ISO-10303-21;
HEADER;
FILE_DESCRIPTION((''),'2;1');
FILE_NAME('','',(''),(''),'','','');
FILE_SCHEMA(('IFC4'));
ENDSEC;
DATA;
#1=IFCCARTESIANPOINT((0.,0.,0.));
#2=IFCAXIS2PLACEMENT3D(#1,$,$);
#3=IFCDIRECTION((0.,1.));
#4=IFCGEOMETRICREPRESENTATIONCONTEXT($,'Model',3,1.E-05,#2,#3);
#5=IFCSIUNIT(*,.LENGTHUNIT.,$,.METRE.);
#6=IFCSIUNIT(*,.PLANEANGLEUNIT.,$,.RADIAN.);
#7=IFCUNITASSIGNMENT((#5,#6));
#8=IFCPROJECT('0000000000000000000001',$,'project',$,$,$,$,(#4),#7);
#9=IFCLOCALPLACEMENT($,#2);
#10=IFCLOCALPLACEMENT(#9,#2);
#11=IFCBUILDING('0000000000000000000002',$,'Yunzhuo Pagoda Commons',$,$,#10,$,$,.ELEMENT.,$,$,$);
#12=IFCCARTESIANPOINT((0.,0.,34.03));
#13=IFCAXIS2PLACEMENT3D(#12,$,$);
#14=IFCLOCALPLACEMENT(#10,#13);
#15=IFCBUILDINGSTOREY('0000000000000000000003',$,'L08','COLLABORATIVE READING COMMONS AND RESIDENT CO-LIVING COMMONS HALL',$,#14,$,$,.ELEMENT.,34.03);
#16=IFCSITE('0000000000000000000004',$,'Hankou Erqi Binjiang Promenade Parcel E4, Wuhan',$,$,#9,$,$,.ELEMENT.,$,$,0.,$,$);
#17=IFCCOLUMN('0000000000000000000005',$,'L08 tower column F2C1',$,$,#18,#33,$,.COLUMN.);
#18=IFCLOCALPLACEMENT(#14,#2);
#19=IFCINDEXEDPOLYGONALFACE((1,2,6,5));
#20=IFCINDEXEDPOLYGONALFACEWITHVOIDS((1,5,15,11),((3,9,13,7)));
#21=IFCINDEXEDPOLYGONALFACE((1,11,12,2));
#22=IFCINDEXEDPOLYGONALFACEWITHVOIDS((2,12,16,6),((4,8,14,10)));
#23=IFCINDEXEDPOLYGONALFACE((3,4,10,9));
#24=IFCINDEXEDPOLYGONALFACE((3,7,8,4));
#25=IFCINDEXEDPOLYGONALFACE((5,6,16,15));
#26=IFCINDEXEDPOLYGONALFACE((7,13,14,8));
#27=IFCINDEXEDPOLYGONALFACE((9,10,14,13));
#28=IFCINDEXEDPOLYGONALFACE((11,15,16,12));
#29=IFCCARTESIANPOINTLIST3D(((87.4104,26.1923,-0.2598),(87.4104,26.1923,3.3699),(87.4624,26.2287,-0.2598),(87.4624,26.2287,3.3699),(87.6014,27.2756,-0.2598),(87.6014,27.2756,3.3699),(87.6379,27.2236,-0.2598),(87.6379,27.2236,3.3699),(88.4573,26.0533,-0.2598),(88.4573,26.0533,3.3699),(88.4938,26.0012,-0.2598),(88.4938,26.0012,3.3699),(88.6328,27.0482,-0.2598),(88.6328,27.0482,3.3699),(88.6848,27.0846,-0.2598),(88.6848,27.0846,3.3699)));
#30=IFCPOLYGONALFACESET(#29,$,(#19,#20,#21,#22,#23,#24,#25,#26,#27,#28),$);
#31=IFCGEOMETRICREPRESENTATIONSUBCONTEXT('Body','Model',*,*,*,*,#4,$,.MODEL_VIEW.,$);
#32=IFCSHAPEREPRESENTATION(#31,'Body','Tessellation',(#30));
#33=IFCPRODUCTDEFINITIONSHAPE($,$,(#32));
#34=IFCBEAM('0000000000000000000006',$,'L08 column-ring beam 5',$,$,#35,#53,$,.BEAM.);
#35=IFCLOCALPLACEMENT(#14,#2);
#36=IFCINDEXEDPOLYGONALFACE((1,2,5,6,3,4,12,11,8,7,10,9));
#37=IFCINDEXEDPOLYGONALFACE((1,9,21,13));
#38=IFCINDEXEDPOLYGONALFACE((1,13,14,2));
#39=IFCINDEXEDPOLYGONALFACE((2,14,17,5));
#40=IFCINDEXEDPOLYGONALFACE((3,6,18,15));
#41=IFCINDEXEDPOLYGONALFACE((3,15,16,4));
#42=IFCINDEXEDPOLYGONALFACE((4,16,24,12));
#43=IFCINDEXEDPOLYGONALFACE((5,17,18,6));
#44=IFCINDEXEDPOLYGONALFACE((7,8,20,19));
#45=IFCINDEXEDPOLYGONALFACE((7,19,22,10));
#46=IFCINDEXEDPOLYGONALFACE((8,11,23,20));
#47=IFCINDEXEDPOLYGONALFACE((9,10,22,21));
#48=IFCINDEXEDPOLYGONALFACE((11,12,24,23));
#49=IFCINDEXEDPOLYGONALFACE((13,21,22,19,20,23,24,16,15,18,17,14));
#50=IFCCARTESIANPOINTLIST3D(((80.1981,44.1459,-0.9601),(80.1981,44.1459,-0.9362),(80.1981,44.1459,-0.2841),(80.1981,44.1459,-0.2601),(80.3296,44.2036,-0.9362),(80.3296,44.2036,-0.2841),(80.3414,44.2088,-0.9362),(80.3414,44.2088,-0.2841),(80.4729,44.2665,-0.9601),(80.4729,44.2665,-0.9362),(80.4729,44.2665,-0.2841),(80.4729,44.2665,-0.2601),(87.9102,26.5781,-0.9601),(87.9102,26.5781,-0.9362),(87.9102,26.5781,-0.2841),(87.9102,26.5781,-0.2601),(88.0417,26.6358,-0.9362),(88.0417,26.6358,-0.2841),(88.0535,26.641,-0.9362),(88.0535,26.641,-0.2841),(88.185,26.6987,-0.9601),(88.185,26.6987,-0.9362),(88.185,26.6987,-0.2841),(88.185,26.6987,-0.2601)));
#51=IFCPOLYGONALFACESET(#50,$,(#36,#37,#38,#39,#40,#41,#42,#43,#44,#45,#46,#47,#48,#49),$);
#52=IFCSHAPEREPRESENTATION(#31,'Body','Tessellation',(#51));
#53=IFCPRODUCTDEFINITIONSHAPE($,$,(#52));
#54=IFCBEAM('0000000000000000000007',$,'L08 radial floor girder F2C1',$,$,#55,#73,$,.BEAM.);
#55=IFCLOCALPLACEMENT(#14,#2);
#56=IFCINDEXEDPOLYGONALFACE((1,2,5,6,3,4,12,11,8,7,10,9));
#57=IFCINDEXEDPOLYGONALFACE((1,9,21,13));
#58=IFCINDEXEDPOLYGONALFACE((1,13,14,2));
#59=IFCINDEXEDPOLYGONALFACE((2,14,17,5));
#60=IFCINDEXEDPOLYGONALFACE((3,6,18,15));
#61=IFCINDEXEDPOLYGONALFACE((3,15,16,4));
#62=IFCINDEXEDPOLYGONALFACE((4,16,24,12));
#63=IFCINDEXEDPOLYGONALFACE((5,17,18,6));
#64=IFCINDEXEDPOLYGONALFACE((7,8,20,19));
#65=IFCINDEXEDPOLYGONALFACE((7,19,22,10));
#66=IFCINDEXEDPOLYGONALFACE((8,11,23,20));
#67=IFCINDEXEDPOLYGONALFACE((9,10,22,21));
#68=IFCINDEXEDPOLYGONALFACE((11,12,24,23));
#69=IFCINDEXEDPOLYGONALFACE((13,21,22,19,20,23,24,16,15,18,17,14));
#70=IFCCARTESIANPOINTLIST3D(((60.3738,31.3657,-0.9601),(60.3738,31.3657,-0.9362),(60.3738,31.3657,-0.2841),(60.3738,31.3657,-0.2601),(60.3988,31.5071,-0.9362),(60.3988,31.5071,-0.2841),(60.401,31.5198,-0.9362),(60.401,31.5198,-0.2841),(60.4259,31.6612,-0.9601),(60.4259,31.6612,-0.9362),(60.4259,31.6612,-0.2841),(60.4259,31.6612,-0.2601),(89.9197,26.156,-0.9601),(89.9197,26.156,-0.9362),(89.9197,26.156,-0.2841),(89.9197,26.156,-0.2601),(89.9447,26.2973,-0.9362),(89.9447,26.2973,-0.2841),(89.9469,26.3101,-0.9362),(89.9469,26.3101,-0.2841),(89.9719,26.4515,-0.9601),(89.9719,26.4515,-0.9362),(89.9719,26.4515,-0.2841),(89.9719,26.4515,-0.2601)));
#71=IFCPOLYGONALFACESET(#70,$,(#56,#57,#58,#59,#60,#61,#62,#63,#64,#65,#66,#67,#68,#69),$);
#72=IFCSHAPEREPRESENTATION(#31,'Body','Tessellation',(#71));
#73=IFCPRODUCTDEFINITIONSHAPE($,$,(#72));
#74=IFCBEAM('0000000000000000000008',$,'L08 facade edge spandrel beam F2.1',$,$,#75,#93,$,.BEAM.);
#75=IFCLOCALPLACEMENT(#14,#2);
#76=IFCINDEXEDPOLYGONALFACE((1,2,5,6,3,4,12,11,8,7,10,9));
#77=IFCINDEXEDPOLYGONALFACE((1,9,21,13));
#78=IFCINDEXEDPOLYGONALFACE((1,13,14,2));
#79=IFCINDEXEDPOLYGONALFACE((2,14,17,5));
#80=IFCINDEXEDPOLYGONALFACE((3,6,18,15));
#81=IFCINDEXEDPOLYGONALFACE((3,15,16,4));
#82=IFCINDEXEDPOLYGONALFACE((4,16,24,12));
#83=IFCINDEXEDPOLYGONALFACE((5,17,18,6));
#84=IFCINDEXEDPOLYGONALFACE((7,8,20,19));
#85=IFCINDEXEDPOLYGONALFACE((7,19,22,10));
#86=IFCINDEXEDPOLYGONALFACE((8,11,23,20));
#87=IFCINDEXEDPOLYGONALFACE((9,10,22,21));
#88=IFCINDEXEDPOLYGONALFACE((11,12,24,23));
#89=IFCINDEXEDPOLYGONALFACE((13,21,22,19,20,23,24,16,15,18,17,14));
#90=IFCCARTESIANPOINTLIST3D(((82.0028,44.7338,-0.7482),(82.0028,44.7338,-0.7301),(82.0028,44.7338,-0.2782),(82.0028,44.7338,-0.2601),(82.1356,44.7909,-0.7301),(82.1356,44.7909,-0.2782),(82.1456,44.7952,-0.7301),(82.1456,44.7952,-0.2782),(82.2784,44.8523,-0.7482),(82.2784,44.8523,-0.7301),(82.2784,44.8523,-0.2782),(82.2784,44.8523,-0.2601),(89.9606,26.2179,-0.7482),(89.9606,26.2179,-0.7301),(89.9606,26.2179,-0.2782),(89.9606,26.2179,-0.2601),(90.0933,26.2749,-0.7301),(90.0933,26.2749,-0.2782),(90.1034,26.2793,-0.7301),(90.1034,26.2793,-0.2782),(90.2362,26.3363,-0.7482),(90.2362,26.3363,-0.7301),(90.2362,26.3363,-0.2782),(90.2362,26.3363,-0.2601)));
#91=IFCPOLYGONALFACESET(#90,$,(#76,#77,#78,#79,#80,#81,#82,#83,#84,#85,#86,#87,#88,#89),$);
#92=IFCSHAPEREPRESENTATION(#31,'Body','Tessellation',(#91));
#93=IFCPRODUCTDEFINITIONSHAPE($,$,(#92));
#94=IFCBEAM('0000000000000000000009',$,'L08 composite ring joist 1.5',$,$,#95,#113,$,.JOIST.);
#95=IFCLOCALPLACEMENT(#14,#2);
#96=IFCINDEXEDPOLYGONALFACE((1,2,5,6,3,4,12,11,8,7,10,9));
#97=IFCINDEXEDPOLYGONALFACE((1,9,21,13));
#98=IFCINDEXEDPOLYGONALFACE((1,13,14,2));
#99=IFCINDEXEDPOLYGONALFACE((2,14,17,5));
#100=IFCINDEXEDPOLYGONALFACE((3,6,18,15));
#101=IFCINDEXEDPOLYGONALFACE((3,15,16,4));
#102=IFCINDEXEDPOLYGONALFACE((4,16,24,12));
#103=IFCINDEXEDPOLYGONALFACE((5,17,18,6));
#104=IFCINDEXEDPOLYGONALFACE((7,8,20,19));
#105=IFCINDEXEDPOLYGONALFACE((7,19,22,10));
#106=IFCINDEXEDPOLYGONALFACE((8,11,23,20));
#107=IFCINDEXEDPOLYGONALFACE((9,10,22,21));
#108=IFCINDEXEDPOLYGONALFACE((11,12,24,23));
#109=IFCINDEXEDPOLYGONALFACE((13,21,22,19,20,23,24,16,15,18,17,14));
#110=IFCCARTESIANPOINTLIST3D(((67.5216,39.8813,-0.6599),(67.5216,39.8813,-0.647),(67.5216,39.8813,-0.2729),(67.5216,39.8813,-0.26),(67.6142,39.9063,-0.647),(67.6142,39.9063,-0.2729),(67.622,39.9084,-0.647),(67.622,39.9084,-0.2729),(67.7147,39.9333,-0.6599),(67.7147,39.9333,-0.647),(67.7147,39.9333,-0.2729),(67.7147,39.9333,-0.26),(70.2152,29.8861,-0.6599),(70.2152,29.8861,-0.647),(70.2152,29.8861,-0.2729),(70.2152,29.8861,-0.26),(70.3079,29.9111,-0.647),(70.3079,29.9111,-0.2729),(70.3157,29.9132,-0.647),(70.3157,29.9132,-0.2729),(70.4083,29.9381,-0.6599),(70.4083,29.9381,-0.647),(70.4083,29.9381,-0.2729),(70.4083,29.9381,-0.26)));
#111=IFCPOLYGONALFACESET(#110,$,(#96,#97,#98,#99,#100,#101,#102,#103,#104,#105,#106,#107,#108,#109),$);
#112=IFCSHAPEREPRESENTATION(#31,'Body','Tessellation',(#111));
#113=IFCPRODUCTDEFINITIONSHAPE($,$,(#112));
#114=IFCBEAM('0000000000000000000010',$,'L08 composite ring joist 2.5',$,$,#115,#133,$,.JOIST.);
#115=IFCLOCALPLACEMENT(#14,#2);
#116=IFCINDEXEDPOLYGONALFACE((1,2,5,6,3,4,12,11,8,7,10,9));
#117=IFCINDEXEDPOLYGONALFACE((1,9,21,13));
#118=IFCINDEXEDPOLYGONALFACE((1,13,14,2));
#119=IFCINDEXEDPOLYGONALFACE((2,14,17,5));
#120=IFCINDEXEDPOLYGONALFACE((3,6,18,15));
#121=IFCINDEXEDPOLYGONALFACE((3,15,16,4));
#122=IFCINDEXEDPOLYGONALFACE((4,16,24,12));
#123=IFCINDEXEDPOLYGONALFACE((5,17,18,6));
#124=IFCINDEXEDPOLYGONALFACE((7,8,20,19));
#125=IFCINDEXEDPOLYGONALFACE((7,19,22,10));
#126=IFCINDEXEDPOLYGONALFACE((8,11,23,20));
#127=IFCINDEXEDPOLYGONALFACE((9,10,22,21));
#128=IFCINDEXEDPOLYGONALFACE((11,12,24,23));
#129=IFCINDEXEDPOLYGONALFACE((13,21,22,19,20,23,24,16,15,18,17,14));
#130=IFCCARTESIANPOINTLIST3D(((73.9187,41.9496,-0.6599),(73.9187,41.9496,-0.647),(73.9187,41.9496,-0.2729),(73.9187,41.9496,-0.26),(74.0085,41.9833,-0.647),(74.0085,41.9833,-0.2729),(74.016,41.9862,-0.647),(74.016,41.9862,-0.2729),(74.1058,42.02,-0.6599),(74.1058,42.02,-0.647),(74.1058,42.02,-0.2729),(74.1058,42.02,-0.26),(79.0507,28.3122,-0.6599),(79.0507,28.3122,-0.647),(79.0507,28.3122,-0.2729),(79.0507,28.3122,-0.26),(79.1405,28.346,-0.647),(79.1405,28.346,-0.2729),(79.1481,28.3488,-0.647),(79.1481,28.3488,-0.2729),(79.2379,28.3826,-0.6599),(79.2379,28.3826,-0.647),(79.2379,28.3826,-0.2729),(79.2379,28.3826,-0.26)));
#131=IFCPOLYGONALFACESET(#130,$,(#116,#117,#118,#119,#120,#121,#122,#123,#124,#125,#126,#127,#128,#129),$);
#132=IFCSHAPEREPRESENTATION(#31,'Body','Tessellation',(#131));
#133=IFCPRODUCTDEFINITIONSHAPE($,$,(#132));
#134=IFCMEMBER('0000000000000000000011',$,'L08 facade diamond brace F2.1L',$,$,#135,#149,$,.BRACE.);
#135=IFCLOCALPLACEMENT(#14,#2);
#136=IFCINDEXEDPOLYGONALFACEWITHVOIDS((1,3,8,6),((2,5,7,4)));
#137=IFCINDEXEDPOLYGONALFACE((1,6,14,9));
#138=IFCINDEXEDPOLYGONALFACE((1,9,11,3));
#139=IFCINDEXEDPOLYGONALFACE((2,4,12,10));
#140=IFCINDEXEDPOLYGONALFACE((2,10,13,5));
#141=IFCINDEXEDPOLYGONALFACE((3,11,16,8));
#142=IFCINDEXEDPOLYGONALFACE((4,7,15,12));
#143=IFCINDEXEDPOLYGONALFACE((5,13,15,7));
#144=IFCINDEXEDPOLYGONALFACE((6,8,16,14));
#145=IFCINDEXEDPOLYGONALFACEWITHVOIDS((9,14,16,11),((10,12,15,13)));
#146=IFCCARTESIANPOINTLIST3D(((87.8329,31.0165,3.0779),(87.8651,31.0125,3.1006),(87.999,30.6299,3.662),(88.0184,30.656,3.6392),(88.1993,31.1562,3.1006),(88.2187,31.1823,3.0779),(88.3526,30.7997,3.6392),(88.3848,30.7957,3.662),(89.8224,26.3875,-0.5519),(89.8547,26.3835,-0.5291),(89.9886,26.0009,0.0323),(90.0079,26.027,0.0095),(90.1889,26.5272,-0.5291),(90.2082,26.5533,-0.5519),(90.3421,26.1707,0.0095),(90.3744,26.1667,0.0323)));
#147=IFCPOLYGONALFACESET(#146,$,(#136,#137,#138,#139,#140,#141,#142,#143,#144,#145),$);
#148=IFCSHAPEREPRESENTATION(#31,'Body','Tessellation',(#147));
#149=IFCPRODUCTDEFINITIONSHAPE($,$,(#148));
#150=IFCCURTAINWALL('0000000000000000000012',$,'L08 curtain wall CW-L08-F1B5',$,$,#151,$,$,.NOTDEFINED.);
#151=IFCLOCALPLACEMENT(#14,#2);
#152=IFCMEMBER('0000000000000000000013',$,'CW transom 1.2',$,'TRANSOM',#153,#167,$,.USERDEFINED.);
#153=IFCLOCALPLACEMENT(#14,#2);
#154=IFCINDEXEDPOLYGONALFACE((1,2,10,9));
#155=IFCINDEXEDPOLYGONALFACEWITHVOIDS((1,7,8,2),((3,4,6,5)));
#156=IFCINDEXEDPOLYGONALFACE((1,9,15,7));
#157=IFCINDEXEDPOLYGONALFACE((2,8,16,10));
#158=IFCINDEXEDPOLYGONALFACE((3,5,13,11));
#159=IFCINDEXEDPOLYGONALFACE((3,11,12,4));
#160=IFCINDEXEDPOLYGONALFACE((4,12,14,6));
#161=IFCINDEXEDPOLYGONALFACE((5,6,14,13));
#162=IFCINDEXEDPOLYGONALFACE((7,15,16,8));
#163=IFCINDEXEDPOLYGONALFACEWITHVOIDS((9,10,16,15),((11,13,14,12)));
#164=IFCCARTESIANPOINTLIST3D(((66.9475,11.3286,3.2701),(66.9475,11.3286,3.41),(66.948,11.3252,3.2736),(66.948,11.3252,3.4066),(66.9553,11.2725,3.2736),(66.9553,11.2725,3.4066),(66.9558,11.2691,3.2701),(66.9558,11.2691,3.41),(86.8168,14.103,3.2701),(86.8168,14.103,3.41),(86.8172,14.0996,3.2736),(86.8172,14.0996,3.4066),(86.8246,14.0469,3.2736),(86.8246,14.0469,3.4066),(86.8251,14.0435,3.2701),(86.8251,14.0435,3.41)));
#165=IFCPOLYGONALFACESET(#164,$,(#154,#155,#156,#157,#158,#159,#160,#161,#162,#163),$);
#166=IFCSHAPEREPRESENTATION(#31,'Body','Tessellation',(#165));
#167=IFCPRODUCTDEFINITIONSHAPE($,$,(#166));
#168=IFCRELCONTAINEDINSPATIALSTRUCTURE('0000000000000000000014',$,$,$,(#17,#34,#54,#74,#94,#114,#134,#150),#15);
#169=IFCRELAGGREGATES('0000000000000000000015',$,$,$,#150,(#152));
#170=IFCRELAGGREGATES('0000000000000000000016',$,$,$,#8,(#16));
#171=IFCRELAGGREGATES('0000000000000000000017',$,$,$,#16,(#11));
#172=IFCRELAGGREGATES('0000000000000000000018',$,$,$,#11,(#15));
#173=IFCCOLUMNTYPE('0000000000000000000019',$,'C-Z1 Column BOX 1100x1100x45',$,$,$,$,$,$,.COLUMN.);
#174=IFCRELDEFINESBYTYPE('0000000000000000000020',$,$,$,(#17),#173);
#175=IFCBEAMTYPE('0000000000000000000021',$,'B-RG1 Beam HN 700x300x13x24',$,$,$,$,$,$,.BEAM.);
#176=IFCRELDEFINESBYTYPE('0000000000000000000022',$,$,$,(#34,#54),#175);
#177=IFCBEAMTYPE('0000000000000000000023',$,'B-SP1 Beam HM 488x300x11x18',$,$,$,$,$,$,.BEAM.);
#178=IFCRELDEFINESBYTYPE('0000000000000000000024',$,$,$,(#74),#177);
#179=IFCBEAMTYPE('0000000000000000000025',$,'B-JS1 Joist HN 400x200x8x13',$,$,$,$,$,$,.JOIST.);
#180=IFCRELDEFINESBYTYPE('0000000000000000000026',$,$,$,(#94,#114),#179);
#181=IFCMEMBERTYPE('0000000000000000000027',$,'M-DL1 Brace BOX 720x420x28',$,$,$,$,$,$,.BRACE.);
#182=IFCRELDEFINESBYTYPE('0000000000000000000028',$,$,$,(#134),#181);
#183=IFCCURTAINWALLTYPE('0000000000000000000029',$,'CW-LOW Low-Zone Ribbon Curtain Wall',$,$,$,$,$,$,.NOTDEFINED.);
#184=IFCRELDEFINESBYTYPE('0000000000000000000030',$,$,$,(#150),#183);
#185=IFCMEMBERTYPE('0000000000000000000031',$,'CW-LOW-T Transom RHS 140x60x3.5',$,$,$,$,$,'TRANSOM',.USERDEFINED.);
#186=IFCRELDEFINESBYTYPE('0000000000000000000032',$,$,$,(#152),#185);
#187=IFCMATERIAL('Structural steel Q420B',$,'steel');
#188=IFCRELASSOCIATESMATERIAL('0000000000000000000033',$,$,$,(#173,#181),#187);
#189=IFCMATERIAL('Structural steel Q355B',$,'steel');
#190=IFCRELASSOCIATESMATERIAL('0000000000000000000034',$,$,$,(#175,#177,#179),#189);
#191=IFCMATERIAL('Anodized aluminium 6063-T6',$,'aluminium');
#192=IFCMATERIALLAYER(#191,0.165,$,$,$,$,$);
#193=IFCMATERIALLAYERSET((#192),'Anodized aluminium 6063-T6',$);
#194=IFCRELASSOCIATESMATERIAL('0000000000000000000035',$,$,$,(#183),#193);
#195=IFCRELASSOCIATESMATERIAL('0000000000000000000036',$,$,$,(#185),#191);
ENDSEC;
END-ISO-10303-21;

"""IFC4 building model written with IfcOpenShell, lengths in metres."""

from ifc_helpers import new_model, si_unit, direction, frame, origin, origin_2d, place, context, subcontext, project, spatial, hollow_rectangle, i_section, extrude, source, transform, mapped, material, layer, layer_set, material_profile, profile_set, type_object, element, aggregate, save


model = new_model("IFC4")

# Units and contexts
model_context = context("Model", 3, precision=1e-05, world=origin(), true_north=direction((0.0, 1.0)))
body_context = subcontext(model_context, "Body", "Model", "MODEL_VIEW")
ifc_project = project(units=[si_unit("LENGTHUNIT", "METRE"), si_unit("PLANEANGLEUNIT", "RADIAN")], contexts=[model_context])

# Site, building, storey
site_placement = place(None, origin())
site = spatial("IfcSite", under=ifc_project, at=site_placement, Name="Hankou Erqi Binjiang Promenade Parcel E4, Wuhan", CompositionType="ELEMENT", RefElevation=0.0)
building_placement = place(site_placement, origin())
building = spatial("IfcBuilding", under=site, at=building_placement, Name="Yunzhuo Pagoda Commons", CompositionType="ELEMENT")
storey_placement = place(building_placement, frame((0.0, 0.0, 34.03)))
storey = spatial("IfcBuildingStorey", under=building, at=storey_placement, Name="L08", Description="COLLABORATIVE READING COMMONS AND RESIDENT CO-LIVING COMMONS HALL", CompositionType="ELEMENT", Elevation=34.03)

# Column
ifc_material_1 = material(Name="Structural steel Q420B", Category="steel")
ifc_material_profile_1 = material_profile(ifc_material_1, hollow_rectangle(XDim=1.1001, YDim=1.1001, WallThickness=0.0449, at=origin_2d()), Name="Structural steel Q420B")
ifc_profile_set_1 = profile_set([ifc_material_profile_1], Name="Structural steel Q420B")
column_type = type_object("IfcColumnType", Name="C-Z1 Column BOX 1100x1100x45", PredefinedType="COLUMN", material=ifc_profile_set_1)
shared_shape_1 = source(origin(), body_context, "Body", "SweptSolid", [
    extrude(hollow_rectangle(XDim=1.1001, YDim=1.1001, WallThickness=0.0449, at=origin_2d()), origin(), (0.0, 0.0, 1.0), 3.6296),
])
column_placement = place(storey_placement, frame((88.0476, 26.6384, -0.2598), z_axis=(0.0, 0.0, 1.0), x_axis=(0.173648, 0.984808, 0.0)))
element("IfcColumn", 1, at=column_placement, inside=storey, type_object=column_type, Name="L08 tower column F2C1", PredefinedType="COLUMN", context=body_context, shape_type="MappedRepresentation", body=[
    mapped(shared_shape_1, transform((0.0, 0.0, 0.0), scale=1.0)),
])

# Beams
ifc_material_2 = material(Name="Structural steel Q355B", Category="steel")
ifc_material_profile_2 = material_profile(ifc_material_2, i_section(OverallWidth=0.3, OverallDepth=0.7, WebThickness=0.0129, FlangeThickness=0.0239, at=origin_2d()), Name="Structural steel Q355B")
ifc_profile_set_2 = profile_set([ifc_material_profile_2], Name="Structural steel Q355B")
beam_type_1 = type_object("IfcBeamType", Name="B-RG1 Beam HN 700x300x13x24", PredefinedType="BEAM", material=ifc_profile_set_2)
shared_shape_2 = source(origin(), body_context, "Body", "SweptSolid", [
    extrude(i_section(OverallWidth=0.3, OverallDepth=0.7, WebThickness=0.0129, FlangeThickness=0.0239, at=origin_2d()), origin(), (0.0, 0.0, 1.0), 19.186),
])
beam_1_placement = place(storey_placement, frame((88.0476, 26.6384, -0.6101), z_axis=(-0.401965, 0.915655, 0.0), x_axis=(-0.915655, -0.401965, 0.0)))
element("IfcBeam", 2, at=beam_1_placement, inside=storey, type_object=beam_type_1, Name="L08 column-ring beam 5", PredefinedType="BEAM", context=body_context, shape_type="MappedRepresentation", body=[
    mapped(shared_shape_2, transform((0.0, 0.0, 0.0), scale=1.0)),
])
shared_shape_3 = source(origin(), body_context, "Body", "SweptSolid", [
    extrude(i_section(OverallWidth=0.3, OverallDepth=0.7, WebThickness=0.0129, FlangeThickness=0.0239, at=origin_2d()), origin(), (0.0, 0.0, 1.0), 30.0017),
])
beam_2_placement = place(storey_placement, frame((89.9458, 26.3037, -0.6101), z_axis=(-0.984808, 0.173647, 0.0), x_axis=(-0.173647, -0.984808, 0.0)))
element("IfcBeam", 3, at=beam_2_placement, inside=storey, type_object=beam_type_1, Name="L08 radial floor girder F2C1", PredefinedType="BEAM", context=body_context, shape_type="MappedRepresentation", body=[
    mapped(shared_shape_3, transform((0.0, 0.0, 0.0), scale=1.0)),
])
ifc_material_profile_3 = material_profile(ifc_material_2, i_section(OverallWidth=0.3, OverallDepth=0.488, WebThickness=0.011, FlangeThickness=0.0181, at=origin_2d()), Name="Structural steel Q355B")
ifc_profile_set_3 = profile_set([ifc_material_profile_3], Name="Structural steel Q355B")
beam_type_2 = type_object("IfcBeamType", Name="B-SP1 Beam HM 488x300x11x18", PredefinedType="BEAM", material=ifc_profile_set_3)
shared_shape_4 = source(origin(), body_context, "Body", "SweptSolid", [
    extrude(i_section(OverallWidth=0.3, OverallDepth=0.488, WebThickness=0.011, FlangeThickness=0.0181, at=origin_2d()), origin(), (0.0, 0.0, 1.0), 20.1536),
])
beam_3_placement = place(storey_placement, frame((90.0984, 26.2771, -0.5042), z_axis=(-0.394858, 0.918742, 0.0), x_axis=(-0.918742, -0.394858, 0.0)))
element("IfcBeam", 4, at=beam_3_placement, inside=storey, type_object=beam_type_2, Name="L08 facade edge spandrel beam F2.1", PredefinedType="BEAM", context=body_context, shape_type="MappedRepresentation", body=[
    mapped(shared_shape_4, transform((0.0, 0.0, 0.0), scale=1.0)),
])
ifc_material_profile_4 = material_profile(ifc_material_2, i_section(OverallWidth=0.2, OverallDepth=0.3999, WebThickness=0.0081, FlangeThickness=0.0129, at=origin_2d()), Name="Structural steel Q355B")
ifc_profile_set_4 = profile_set([ifc_material_profile_4], Name="Structural steel Q355B")
beam_type_3 = type_object("IfcBeamType", Name="B-JS1 Joist HN 400x200x8x13", PredefinedType="JOIST", material=ifc_profile_set_4)
shared_shape_5 = source(origin(), body_context, "Body", "SweptSolid", [
    extrude(i_section(OverallWidth=0.2, OverallDepth=0.3999, WebThickness=0.0081, FlangeThickness=0.0129, at=origin_2d()), origin(), (0.0, 0.0, 1.0), 10.3518),
])
beam_4_placement = place(storey_placement, frame((70.3118, 29.9121, -0.46), z_axis=(-0.260209, 0.965552, 0.0), x_axis=(-0.965552, -0.260209, 0.0)))
element("IfcBeam", 5, at=beam_4_placement, inside=storey, type_object=beam_type_3, Name="L08 composite ring joist 1.5", PredefinedType="JOIST", context=body_context, shape_type="MappedRepresentation", body=[
    mapped(shared_shape_5, transform((0.0, 0.0, 0.0), scale=1.0)),
])
shared_shape_6 = source(origin(), body_context, "Body", "SweptSolid", [
    extrude(i_section(OverallWidth=0.2, OverallDepth=0.3999, WebThickness=0.0081, FlangeThickness=0.0129, at=origin_2d()), origin(), (0.0, 0.0, 1.0), 14.571),
])
beam_5_placement = place(storey_placement, frame((79.1443, 28.3474, -0.46), z_axis=(-0.352208, 0.935922, 0.0), x_axis=(-0.935922, -0.352208, 0.0)))
element("IfcBeam", 6, at=beam_5_placement, inside=storey, type_object=beam_type_3, Name="L08 composite ring joist 2.5", PredefinedType="JOIST", context=body_context, shape_type="MappedRepresentation", body=[
    mapped(shared_shape_6, transform((0.0, 0.0, 0.0), scale=1.0)),
])

# Member
ifc_material_profile_5 = material_profile(ifc_material_1, hollow_rectangle(XDim=0.4199, YDim=0.72, WallThickness=0.0281, at=origin_2d()), Name="Structural steel Q420B")
ifc_profile_set_5 = profile_set([ifc_material_profile_5], Name="Structural steel Q420B")
member_type_1 = type_object("IfcMemberType", Name="M-DL1 Brace BOX 720x420x28", PredefinedType="BRACE", material=ifc_profile_set_5)
shared_shape_7 = source(origin(), body_context, "Body", "SweptSolid", [
    extrude(hollow_rectangle(XDim=0.4199, YDim=0.72, WallThickness=0.0281, at=origin_2d()), origin(), (0.0, 0.0, 1.0), 6.2097),
])
member_1_placement = place(storey_placement, frame((90.0984, 26.2771, -0.2598), z_axis=(-0.320391, 0.745443, 0.58452), x_axis=(-0.918736, -0.394872, 0.0)))
element("IfcMember", 7, at=member_1_placement, inside=storey, type_object=member_type_1, Name="L08 facade diamond brace F2.1L", PredefinedType="BRACE", context=body_context, shape_type="MappedRepresentation", body=[
    mapped(shared_shape_7, transform((0.0, 0.0, 0.0), scale=1.0)),
])

# Curtain wall, member
ifc_material_3 = material(Name="Anodized aluminium 6063-T6", Category="aluminium")
ifc_layer_1 = layer(ifc_material_3, 0.165)
ifc_layer_set_1 = layer_set([ifc_layer_1], Name="Anodized aluminium 6063-T6")
curtain_wall_type = type_object("IfcCurtainWallType", Name="CW-LOW Low-Zone Ribbon Curtain Wall", PredefinedType="NOTDEFINED", material=ifc_layer_set_1)
curtain_wall_1_placement = place(storey_placement, origin())
curtain_wall_1 = element("IfcCurtainWall", 8, at=curtain_wall_1_placement, inside=storey, type_object=curtain_wall_type, Name="L08 curtain wall CW-L08-F1B5", PredefinedType="NOTDEFINED")
ifc_material_profile_6 = material_profile(ifc_material_3, hollow_rectangle(XDim=0.0601, YDim=0.1399, WallThickness=0.0034, at=origin_2d()), Name="Anodized aluminium 6063-T6")
ifc_profile_set_6 = profile_set([ifc_material_profile_6], Name="Anodized aluminium 6063-T6")
member_type_2 = type_object("IfcMemberType", Name="CW-LOW-T Transom RHS 140x60x3.5", ElementType="TRANSOM", PredefinedType="USERDEFINED", material=ifc_profile_set_6)
shared_shape_8 = source(origin(), body_context, "Body", "SweptSolid", [
    extrude(hollow_rectangle(XDim=0.0601, YDim=0.1399, WallThickness=0.0034, at=origin_2d()), origin(), (0.0, 0.0, 1.0), 20.062),
])
member_2_placement = place(storey_placement, frame((66.9517, 11.2988, 3.3401), z_axis=(0.990391, 0.138293, 0.0), x_axis=(-0.138293, 0.990391, 0.0)))
member_2 = element("IfcMember", 9, at=member_2_placement, type_object=member_type_2, Name="CW transom 1.2", ObjectType="TRANSOM", PredefinedType="USERDEFINED", context=body_context, shape_type="MappedRepresentation", body=[
    mapped(shared_shape_8, transform((0.0, 0.0, 0.0), scale=1.0)),
])

aggregate(curtain_wall_1, [member_2])

save(model, "model.ifc")
